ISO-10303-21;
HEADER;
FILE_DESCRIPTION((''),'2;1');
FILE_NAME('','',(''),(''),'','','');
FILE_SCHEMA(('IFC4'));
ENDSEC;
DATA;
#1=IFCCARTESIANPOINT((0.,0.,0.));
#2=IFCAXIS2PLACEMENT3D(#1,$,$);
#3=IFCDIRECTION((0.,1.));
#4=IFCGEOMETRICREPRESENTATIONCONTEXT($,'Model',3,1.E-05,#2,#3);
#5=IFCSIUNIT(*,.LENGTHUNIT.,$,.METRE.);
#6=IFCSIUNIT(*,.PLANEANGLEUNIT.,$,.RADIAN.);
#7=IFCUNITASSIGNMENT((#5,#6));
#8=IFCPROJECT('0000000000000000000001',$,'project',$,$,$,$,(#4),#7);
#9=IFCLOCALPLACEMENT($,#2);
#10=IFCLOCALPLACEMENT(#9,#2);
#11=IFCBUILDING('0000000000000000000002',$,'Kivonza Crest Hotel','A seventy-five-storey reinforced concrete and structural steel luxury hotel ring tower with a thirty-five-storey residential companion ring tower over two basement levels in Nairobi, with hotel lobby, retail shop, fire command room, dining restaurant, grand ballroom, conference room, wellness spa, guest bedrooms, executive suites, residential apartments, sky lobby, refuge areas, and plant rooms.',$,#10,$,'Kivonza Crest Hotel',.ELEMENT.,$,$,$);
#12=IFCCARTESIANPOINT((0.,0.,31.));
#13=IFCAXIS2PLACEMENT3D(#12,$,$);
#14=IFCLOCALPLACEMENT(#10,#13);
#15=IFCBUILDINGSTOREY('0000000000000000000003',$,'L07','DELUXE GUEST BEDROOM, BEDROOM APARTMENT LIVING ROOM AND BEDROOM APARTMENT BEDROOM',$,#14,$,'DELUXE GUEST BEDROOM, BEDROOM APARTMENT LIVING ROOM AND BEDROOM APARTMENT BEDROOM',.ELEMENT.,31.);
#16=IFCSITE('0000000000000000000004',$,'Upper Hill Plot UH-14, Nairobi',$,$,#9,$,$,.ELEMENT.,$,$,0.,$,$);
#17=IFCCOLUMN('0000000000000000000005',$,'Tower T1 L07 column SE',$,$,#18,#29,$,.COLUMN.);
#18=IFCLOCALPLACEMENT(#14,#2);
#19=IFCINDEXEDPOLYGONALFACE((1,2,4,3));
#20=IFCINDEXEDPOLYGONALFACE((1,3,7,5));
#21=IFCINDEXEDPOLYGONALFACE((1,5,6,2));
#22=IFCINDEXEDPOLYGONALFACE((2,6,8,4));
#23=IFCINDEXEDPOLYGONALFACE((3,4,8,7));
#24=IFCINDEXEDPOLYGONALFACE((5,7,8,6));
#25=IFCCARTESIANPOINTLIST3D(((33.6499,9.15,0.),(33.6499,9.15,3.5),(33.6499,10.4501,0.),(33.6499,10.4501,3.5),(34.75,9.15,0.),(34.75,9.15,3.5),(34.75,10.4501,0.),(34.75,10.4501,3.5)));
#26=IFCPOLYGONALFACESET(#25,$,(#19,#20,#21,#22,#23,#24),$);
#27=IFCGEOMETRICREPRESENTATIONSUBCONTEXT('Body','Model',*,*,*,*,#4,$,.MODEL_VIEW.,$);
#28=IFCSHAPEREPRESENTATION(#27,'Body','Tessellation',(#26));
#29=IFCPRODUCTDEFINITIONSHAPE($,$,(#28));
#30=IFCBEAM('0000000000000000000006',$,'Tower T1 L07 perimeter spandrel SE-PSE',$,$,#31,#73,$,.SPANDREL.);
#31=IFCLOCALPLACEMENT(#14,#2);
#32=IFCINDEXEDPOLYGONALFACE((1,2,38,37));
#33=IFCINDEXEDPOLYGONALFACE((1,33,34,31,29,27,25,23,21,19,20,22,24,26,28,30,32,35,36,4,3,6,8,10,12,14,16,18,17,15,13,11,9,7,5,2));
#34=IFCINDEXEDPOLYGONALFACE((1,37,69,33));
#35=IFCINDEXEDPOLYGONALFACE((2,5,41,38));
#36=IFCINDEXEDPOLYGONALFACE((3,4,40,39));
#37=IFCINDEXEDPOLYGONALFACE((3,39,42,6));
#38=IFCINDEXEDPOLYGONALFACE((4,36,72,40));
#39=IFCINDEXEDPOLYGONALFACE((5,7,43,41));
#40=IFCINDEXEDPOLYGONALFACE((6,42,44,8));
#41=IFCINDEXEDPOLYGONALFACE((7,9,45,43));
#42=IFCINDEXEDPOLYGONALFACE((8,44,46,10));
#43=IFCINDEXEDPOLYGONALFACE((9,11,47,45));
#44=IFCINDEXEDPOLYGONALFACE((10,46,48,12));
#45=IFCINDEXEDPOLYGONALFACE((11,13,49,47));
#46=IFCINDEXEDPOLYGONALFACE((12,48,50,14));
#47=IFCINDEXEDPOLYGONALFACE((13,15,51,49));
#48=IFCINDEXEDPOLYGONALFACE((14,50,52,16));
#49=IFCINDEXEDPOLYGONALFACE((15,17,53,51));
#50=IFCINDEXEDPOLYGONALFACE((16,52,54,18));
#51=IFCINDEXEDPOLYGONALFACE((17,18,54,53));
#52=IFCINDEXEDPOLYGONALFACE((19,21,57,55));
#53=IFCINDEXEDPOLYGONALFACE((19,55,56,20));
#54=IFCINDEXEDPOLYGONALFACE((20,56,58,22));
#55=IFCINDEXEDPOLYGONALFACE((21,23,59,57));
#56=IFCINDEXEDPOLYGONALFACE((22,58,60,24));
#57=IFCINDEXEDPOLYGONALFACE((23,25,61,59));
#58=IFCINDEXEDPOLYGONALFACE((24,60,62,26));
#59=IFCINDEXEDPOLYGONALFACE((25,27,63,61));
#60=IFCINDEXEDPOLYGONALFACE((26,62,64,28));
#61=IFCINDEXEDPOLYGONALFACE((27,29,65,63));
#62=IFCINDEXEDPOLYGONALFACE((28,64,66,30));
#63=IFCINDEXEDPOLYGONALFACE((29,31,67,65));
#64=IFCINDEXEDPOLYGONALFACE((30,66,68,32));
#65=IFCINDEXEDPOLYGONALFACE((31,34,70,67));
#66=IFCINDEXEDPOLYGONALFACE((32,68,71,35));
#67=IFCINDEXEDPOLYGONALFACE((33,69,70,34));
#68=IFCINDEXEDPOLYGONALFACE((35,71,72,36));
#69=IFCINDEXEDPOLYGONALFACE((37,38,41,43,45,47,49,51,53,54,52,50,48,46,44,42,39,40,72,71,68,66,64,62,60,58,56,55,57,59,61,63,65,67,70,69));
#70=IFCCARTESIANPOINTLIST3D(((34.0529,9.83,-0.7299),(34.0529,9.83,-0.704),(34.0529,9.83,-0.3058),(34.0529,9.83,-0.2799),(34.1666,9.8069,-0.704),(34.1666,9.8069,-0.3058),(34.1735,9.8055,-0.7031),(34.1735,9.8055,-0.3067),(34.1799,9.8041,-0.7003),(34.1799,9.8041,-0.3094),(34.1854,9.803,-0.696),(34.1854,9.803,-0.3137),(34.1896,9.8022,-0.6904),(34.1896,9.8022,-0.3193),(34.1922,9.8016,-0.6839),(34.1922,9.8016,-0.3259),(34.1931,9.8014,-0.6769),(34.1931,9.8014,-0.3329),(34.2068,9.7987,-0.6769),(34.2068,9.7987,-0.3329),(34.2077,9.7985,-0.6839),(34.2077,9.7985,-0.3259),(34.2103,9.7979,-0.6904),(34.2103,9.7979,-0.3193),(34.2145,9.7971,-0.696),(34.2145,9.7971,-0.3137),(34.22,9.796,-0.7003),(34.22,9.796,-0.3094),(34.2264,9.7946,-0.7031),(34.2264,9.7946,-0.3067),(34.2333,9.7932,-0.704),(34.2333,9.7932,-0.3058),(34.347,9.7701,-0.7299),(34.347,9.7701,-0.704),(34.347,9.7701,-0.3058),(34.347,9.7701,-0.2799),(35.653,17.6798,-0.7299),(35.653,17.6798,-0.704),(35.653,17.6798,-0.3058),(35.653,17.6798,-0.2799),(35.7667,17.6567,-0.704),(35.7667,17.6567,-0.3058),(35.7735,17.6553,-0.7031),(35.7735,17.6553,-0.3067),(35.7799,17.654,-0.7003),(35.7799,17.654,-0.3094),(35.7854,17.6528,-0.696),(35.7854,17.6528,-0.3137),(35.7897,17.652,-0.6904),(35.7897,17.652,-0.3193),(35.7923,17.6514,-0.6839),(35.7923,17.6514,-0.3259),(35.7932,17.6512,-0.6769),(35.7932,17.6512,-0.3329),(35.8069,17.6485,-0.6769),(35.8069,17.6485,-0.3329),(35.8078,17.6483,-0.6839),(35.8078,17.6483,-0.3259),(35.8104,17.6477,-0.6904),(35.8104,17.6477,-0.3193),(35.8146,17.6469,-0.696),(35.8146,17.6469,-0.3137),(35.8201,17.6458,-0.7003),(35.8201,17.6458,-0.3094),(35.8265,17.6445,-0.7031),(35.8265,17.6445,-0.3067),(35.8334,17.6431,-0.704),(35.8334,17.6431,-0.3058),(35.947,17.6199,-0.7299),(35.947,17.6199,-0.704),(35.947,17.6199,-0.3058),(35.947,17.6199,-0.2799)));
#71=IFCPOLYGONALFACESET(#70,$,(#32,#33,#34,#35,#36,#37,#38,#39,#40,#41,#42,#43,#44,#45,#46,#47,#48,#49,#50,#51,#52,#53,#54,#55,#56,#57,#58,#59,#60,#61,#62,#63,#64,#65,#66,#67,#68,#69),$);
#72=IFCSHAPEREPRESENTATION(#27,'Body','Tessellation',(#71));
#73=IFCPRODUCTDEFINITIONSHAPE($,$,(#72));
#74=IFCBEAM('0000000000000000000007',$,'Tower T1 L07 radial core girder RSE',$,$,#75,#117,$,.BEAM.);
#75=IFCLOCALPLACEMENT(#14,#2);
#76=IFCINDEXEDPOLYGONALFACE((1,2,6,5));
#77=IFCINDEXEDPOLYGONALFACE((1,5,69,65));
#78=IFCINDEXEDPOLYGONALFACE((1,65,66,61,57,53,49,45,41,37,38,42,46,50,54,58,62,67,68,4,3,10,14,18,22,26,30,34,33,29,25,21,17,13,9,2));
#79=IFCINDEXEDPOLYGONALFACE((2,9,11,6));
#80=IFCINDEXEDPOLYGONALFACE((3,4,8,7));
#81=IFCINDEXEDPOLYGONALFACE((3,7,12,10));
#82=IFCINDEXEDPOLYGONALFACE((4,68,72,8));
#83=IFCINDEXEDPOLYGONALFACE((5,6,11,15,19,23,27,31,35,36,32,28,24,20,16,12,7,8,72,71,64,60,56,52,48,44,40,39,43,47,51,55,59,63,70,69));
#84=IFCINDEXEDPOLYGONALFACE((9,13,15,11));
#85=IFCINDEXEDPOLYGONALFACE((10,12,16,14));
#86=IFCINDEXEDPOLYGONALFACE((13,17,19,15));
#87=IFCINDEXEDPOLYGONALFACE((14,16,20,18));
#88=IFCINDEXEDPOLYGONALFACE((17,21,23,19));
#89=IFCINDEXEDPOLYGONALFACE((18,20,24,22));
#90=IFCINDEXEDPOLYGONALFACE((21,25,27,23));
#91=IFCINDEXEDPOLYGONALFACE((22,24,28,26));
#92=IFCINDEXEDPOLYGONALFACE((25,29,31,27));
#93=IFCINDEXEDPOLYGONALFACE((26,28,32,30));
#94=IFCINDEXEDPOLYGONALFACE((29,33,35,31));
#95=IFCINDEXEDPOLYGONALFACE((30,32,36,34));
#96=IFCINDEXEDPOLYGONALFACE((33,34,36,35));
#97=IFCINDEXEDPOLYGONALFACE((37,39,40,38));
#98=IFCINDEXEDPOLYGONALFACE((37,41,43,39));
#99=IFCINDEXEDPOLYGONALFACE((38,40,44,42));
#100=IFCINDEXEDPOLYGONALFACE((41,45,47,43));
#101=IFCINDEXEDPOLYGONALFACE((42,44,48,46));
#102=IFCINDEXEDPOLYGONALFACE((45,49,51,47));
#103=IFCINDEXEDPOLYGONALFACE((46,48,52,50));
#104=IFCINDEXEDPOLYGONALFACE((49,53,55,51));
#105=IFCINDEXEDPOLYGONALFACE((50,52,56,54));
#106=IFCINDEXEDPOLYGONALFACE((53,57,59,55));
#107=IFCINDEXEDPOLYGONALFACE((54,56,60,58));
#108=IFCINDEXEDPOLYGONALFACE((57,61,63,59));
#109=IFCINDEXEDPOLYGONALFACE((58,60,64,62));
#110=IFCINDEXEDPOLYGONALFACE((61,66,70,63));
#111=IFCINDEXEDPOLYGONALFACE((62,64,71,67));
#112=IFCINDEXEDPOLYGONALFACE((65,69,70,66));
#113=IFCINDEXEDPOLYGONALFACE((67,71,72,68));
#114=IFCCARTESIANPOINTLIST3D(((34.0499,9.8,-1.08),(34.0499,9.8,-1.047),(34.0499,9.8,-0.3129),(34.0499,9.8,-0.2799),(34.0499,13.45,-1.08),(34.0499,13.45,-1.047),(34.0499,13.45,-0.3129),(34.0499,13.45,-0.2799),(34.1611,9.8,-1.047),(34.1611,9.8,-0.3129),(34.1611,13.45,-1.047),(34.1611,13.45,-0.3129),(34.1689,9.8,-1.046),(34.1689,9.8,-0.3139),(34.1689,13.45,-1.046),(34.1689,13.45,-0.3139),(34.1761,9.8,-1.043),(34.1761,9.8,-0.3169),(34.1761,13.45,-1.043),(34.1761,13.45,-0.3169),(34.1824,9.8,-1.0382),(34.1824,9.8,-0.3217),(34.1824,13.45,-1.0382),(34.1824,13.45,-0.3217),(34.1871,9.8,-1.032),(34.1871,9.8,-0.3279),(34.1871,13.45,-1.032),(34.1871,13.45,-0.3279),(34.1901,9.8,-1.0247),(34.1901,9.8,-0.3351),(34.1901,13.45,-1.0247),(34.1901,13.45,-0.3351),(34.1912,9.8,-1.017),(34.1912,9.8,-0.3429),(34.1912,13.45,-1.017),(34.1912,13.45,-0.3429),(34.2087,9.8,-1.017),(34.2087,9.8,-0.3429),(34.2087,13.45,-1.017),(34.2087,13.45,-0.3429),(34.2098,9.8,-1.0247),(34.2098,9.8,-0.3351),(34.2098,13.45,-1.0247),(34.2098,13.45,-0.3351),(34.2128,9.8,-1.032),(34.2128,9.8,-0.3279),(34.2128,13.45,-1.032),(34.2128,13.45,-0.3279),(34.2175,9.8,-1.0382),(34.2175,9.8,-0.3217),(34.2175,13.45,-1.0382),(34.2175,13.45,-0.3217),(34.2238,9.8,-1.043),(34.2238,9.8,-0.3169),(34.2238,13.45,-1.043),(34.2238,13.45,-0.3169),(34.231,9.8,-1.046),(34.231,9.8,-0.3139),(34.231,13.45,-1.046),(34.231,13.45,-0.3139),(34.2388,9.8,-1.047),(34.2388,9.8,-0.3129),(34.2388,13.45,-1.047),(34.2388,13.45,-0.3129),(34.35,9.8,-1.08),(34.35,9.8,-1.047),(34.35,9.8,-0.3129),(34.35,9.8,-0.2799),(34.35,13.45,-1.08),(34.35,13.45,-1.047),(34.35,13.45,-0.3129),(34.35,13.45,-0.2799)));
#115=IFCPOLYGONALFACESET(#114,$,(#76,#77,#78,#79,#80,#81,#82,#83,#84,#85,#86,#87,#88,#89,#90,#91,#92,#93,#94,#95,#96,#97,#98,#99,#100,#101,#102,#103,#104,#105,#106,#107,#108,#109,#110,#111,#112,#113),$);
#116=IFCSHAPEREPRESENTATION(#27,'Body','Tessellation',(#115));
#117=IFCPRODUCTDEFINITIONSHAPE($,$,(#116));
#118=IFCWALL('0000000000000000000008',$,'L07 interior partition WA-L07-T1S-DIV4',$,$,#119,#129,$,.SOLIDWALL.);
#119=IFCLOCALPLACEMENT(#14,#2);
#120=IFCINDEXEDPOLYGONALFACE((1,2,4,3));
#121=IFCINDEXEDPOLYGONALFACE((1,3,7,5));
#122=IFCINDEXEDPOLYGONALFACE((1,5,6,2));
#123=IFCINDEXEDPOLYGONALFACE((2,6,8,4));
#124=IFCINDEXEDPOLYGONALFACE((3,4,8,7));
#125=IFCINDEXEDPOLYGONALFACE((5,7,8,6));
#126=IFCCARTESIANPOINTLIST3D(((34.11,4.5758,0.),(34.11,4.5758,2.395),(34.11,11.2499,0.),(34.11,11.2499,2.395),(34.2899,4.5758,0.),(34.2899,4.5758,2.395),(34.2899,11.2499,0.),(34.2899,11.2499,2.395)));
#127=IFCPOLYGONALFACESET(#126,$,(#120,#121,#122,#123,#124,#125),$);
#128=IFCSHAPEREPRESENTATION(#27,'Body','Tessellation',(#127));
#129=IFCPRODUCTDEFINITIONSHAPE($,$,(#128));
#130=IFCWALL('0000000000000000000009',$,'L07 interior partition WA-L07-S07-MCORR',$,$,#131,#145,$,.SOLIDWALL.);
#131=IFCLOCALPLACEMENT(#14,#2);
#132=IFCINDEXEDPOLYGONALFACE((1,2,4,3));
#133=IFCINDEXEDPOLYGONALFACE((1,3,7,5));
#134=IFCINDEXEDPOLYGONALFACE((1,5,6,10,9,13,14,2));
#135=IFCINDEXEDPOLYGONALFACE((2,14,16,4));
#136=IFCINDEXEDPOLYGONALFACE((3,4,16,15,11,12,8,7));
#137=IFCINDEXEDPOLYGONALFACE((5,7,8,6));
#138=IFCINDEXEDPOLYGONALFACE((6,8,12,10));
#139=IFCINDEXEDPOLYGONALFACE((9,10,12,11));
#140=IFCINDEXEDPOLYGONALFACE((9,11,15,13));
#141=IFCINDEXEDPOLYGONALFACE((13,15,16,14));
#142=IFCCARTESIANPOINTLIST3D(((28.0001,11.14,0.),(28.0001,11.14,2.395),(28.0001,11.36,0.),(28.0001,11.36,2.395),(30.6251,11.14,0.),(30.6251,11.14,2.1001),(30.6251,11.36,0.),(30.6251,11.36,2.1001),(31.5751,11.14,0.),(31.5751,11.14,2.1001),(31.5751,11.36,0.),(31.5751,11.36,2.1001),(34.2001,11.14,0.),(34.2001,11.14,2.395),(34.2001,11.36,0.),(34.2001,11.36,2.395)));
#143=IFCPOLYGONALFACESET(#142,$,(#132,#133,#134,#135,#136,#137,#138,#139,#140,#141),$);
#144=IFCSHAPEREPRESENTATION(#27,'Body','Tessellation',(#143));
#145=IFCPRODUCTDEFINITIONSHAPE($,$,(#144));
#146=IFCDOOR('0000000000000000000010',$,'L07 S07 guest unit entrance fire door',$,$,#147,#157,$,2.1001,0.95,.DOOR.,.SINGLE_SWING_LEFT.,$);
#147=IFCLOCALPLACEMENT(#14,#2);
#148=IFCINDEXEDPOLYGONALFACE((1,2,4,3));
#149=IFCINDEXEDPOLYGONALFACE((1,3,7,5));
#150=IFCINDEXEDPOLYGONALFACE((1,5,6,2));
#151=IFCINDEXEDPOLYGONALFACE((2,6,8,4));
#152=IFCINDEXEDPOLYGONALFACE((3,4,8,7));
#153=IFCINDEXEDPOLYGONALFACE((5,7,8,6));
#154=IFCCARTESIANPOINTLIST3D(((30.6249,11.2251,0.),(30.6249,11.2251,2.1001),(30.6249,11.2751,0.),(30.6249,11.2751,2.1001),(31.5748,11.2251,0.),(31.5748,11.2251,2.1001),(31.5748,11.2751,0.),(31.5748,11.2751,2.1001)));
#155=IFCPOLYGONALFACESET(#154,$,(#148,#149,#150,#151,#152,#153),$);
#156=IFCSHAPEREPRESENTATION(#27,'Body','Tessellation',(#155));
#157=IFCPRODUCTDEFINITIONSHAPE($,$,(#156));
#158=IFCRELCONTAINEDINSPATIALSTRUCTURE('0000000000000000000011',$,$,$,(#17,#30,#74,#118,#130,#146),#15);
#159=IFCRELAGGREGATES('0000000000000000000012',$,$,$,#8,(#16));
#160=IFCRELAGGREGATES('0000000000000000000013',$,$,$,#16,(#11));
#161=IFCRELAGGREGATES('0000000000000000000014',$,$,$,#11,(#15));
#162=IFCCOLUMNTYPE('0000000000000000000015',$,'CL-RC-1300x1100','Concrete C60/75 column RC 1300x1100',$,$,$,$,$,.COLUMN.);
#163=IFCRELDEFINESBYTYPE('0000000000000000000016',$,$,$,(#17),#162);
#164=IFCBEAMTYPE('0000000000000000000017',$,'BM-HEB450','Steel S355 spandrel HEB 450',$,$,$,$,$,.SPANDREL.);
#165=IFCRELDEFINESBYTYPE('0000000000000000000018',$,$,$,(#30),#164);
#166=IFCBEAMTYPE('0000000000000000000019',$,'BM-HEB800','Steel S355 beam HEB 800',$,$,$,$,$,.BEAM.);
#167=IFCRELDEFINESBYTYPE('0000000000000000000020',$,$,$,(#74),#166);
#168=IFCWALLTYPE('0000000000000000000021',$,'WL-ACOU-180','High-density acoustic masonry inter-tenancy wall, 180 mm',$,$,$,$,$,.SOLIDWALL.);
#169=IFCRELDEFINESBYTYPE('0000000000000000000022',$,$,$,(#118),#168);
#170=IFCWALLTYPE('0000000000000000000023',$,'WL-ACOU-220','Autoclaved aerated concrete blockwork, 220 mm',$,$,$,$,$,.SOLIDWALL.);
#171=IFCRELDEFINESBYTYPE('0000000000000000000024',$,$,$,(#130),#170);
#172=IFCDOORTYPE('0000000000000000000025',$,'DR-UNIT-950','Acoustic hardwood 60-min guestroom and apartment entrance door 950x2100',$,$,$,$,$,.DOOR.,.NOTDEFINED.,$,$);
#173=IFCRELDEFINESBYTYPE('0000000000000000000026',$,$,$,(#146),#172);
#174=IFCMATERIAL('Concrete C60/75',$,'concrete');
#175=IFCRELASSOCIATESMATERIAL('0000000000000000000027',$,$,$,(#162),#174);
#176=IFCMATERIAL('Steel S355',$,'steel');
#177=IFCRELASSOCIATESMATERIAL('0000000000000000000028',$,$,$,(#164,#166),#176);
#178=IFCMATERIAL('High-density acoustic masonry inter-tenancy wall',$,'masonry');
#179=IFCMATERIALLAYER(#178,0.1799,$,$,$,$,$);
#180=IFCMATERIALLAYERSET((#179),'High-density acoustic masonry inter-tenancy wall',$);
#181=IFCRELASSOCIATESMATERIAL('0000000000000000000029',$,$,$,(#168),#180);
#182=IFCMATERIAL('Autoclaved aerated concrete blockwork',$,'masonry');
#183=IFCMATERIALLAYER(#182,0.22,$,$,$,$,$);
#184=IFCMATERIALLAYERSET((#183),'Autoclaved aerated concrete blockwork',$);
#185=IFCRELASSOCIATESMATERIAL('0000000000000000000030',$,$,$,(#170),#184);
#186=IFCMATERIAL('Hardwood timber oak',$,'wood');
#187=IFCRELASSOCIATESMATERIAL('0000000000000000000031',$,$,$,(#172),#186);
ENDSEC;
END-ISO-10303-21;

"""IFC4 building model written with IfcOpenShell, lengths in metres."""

from ifc_helpers import new_model, si_unit, direction, frame, frame_2d, origin, origin_2d, place, context, subcontext, project, spatial, rectangle, i_section, extrude, material, layer, layer_set, material_profile, profile_set, type_object, element, fill, save


model = new_model("IFC4")

# Units and contexts
model_context = context("Model", 3, precision=1e-05, world=origin(), true_north=direction((0.0, 1.0)))
body_context = subcontext(model_context, "Body", "Model", "MODEL_VIEW")
ifc_project = project(units=[si_unit("LENGTHUNIT", "METRE"), si_unit("PLANEANGLEUNIT", "RADIAN")], contexts=[model_context])

# Site, building, storey
site_placement = place(None, origin())
site = spatial("IfcSite", under=ifc_project, at=site_placement, Name="Upper Hill Plot UH-14, Nairobi", CompositionType="ELEMENT", RefElevation=0.0)
building_placement = place(site_placement, origin())
building = spatial("IfcBuilding", under=site, at=building_placement, Name="Kivonza Crest Hotel", Description="A seventy-five-storey reinforced concrete and structural steel luxury hotel ring tower with a thirty-five-storey residential companion ring tower over two basement levels in Nairobi, with hotel lobby, retail shop, fire command room, dining restaurant, grand ballroom, conference room, wellness spa, guest bedrooms, executive suites, residential apartments, sky lobby, refuge areas, and plant rooms.", LongName="Kivonza Crest Hotel", CompositionType="ELEMENT")
storey_placement = place(building_placement, frame((0.0, 0.0, 31.0)))
storey = spatial("IfcBuildingStorey", under=building, at=storey_placement, Name="L07", Description="DELUXE GUEST BEDROOM, BEDROOM APARTMENT LIVING ROOM AND BEDROOM APARTMENT BEDROOM", LongName="DELUXE GUEST BEDROOM, BEDROOM APARTMENT LIVING ROOM AND BEDROOM APARTMENT BEDROOM", CompositionType="ELEMENT", Elevation=31.0)

# Column
ifc_material_1 = material(Name="Concrete C60/75", Category="concrete")
ifc_material_profile_1 = material_profile(ifc_material_1, rectangle(XDim=1.1001, YDim=1.3, at=origin_2d()), Name="RC 1300x1100")
ifc_profile_set_1 = profile_set([ifc_material_profile_1], Name="Concrete C60/75")
column_type = type_object("IfcColumnType", Name="CL-RC-1300x1100", Description="Concrete C60/75 column RC 1300x1100", PredefinedType="COLUMN", material=ifc_profile_set_1)
column_placement = place(storey_placement, frame((34.2, 9.8, 0.0), z_axis=(0.0, 0.0, 1.0), x_axis=(1.0, 0.0, 0.0)))
element("IfcColumn", 1, at=column_placement, inside=storey, type_object=column_type, Name="Tower T1 L07 column SE", PredefinedType="COLUMN", context=body_context, shape_type="SweptSolid", body=[
    extrude(rectangle(XDim=1.1001, YDim=1.3, at=origin_2d()), origin(), (0.0, 0.0, 1.0), 3.5),
])

# Beams
ifc_material_2 = material(Name="Steel S355", Category="steel")
ifc_material_profile_2 = material_profile(ifc_material_2, i_section(OverallWidth=0.3, OverallDepth=0.45, WebThickness=0.0139, FlangeThickness=0.0259, FilletRadius=0.0271, at=origin_2d()), Name="HEB 450")
ifc_profile_set_2 = profile_set([ifc_material_profile_2], Name="Steel S355")
beam_type_1 = type_object("IfcBeamType", Name="BM-HEB450", Description="Steel S355 spandrel HEB 450", PredefinedType="SPANDREL", material=ifc_profile_set_2)
beam_1_placement = place(storey_placement, frame((34.2, 9.8, -0.5049), z_axis=(0.199731, 0.979851, 0.0), x_axis=(-0.979851, 0.199731, 0.0)))
element("IfcBeam", 2, at=beam_1_placement, inside=storey, type_object=beam_type_1, Name="Tower T1 L07 perimeter spandrel SE-PSE", PredefinedType="SPANDREL", context=body_context, shape_type="SweptSolid", body=[
    extrude(i_section(OverallWidth=0.3, OverallDepth=0.45, WebThickness=0.0139, FlangeThickness=0.0259, FilletRadius=0.0271, at=origin_2d()), origin(), (0.0, 0.0, 1.0), 8.0112),
])
ifc_material_profile_3 = material_profile(ifc_material_2, i_section(OverallWidth=0.3, OverallDepth=0.8, WebThickness=0.0176, FlangeThickness=0.033, FilletRadius=0.03, at=origin_2d()), Name="HEB 800")
ifc_profile_set_3 = profile_set([ifc_material_profile_3], Name="Steel S355")
beam_type_2 = type_object("IfcBeamType", Name="BM-HEB800", Description="Steel S355 beam HEB 800", PredefinedType="BEAM", material=ifc_profile_set_3)
beam_2_placement = place(storey_placement, frame((34.2, 9.8, -0.6799), z_axis=(0.0, 1.0, 0.0), x_axis=(-1.0, 0.0, 0.0)))
element("IfcBeam", 3, at=beam_2_placement, inside=storey, type_object=beam_type_2, Name="Tower T1 L07 radial core girder RSE", PredefinedType="BEAM", context=body_context, shape_type="SweptSolid", body=[
    extrude(i_section(OverallWidth=0.3, OverallDepth=0.8, WebThickness=0.0176, FlangeThickness=0.033, FilletRadius=0.03, at=origin_2d()), origin(), (0.0, 0.0, 1.0), 3.6499),
])

# Wall
ifc_material_3 = material(Name="High-density acoustic masonry inter-tenancy wall", Category="masonry")
ifc_layer_1 = layer(ifc_material_3, 0.1799)
ifc_layer_set_1 = layer_set([ifc_layer_1], Name="High-density acoustic masonry inter-tenancy wall")
wall_type_1 = type_object("IfcWallType", Name="WL-ACOU-180", Description="High-density acoustic masonry inter-tenancy wall, 180 mm", PredefinedType="SOLIDWALL", material=ifc_layer_set_1)
wall_1_placement = place(storey_placement, frame((34.2, 4.5759, 0.0), z_axis=(0.0, 0.0, 1.0), x_axis=(0.0, 1.0, 0.0)))
element("IfcWall", 4, at=wall_1_placement, inside=storey, type_object=wall_type_1, Name="L07 interior partition WA-L07-T1S-DIV4", PredefinedType="SOLIDWALL", context=body_context, shape_type="SweptSolid", body=[
    extrude(rectangle(XDim=6.6741, YDim=0.1799, at=frame_2d((3.3369, 0.0))), origin(), (0.0, 0.0, 1.0), 2.395),
])

# Wall, opening, door
ifc_material_4 = material(Name="Autoclaved aerated concrete blockwork", Category="masonry")
ifc_layer_2 = layer(ifc_material_4, 0.22)
ifc_layer_set_2 = layer_set([ifc_layer_2], Name="Autoclaved aerated concrete blockwork")
wall_type_2 = type_object("IfcWallType", Name="WL-ACOU-220", Description="Autoclaved aerated concrete blockwork, 220 mm", PredefinedType="SOLIDWALL", material=ifc_layer_set_2)
wall_2_placement = place(storey_placement, frame((28.0, 11.25, 0.0), z_axis=(0.0, 0.0, 1.0), x_axis=(1.0, 0.0, 0.0)))
wall_2 = element("IfcWall", 5, at=wall_2_placement, inside=storey, type_object=wall_type_2, Name="L07 interior partition WA-L07-S07-MCORR", PredefinedType="SOLIDWALL", context=body_context, shape_type="SweptSolid", body=[
    extrude(rectangle(XDim=6.2, YDim=0.22, at=frame_2d((3.1001, 0.0))), origin(), (0.0, 0.0, 1.0), 2.395),
])
opening_1_placement = place(wall_2_placement, frame((2.625, 0.0, 0.0)))
opening_1 = element("IfcOpeningElement", 6, at=opening_1_placement, cuts=wall_2, PredefinedType="OPENING", context=body_context, shape_type="SweptSolid", body=[
    extrude(rectangle(XDim=0.95, YDim=2.1001, at=frame_2d((0.4751, 1.05))), frame((0.0, 0.1201, 0.0), z_axis=(0.0, -1.0, 0.0), x_axis=(1.0, 0.0, 0.0)), (0.0, 0.0, 1.0), 0.24),
])
ifc_material_5 = material(Name="Hardwood timber oak", Category="wood")
door_type_1 = type_object("IfcDoorType", Name="DR-UNIT-950", Description="Acoustic hardwood 60-min guestroom and apartment entrance door 950x2100", OperationType="NOTDEFINED", PredefinedType="DOOR", material=ifc_material_5)
door_1_placement = place(opening_1_placement, frame((0.95, 0.0, 0.0), z_axis=(0.0, 0.0, 1.0), x_axis=(-1.0, 0.0, 0.0)))
door_1 = element("IfcDoor", 7, at=door_1_placement, inside=storey, type_object=door_type_1, Name="L07 S07 guest unit entrance fire door", OperationType="SINGLE_SWING_LEFT", OverallHeight=2.1001, OverallWidth=0.95, PredefinedType="DOOR", context=body_context, shape_type="SweptSolid", body=[
    extrude(rectangle(XDim=0.95, YDim=2.1001, at=frame_2d((0.4751, 1.05))), frame((0.0, 0.0249, 0.0), z_axis=(0.0, -1.0, 0.0), x_axis=(1.0, 0.0, 0.0)), (0.0, 0.0, 1.0), 0.05),
])
fill(opening_1, door_1)

save(model, "model.ifc")
